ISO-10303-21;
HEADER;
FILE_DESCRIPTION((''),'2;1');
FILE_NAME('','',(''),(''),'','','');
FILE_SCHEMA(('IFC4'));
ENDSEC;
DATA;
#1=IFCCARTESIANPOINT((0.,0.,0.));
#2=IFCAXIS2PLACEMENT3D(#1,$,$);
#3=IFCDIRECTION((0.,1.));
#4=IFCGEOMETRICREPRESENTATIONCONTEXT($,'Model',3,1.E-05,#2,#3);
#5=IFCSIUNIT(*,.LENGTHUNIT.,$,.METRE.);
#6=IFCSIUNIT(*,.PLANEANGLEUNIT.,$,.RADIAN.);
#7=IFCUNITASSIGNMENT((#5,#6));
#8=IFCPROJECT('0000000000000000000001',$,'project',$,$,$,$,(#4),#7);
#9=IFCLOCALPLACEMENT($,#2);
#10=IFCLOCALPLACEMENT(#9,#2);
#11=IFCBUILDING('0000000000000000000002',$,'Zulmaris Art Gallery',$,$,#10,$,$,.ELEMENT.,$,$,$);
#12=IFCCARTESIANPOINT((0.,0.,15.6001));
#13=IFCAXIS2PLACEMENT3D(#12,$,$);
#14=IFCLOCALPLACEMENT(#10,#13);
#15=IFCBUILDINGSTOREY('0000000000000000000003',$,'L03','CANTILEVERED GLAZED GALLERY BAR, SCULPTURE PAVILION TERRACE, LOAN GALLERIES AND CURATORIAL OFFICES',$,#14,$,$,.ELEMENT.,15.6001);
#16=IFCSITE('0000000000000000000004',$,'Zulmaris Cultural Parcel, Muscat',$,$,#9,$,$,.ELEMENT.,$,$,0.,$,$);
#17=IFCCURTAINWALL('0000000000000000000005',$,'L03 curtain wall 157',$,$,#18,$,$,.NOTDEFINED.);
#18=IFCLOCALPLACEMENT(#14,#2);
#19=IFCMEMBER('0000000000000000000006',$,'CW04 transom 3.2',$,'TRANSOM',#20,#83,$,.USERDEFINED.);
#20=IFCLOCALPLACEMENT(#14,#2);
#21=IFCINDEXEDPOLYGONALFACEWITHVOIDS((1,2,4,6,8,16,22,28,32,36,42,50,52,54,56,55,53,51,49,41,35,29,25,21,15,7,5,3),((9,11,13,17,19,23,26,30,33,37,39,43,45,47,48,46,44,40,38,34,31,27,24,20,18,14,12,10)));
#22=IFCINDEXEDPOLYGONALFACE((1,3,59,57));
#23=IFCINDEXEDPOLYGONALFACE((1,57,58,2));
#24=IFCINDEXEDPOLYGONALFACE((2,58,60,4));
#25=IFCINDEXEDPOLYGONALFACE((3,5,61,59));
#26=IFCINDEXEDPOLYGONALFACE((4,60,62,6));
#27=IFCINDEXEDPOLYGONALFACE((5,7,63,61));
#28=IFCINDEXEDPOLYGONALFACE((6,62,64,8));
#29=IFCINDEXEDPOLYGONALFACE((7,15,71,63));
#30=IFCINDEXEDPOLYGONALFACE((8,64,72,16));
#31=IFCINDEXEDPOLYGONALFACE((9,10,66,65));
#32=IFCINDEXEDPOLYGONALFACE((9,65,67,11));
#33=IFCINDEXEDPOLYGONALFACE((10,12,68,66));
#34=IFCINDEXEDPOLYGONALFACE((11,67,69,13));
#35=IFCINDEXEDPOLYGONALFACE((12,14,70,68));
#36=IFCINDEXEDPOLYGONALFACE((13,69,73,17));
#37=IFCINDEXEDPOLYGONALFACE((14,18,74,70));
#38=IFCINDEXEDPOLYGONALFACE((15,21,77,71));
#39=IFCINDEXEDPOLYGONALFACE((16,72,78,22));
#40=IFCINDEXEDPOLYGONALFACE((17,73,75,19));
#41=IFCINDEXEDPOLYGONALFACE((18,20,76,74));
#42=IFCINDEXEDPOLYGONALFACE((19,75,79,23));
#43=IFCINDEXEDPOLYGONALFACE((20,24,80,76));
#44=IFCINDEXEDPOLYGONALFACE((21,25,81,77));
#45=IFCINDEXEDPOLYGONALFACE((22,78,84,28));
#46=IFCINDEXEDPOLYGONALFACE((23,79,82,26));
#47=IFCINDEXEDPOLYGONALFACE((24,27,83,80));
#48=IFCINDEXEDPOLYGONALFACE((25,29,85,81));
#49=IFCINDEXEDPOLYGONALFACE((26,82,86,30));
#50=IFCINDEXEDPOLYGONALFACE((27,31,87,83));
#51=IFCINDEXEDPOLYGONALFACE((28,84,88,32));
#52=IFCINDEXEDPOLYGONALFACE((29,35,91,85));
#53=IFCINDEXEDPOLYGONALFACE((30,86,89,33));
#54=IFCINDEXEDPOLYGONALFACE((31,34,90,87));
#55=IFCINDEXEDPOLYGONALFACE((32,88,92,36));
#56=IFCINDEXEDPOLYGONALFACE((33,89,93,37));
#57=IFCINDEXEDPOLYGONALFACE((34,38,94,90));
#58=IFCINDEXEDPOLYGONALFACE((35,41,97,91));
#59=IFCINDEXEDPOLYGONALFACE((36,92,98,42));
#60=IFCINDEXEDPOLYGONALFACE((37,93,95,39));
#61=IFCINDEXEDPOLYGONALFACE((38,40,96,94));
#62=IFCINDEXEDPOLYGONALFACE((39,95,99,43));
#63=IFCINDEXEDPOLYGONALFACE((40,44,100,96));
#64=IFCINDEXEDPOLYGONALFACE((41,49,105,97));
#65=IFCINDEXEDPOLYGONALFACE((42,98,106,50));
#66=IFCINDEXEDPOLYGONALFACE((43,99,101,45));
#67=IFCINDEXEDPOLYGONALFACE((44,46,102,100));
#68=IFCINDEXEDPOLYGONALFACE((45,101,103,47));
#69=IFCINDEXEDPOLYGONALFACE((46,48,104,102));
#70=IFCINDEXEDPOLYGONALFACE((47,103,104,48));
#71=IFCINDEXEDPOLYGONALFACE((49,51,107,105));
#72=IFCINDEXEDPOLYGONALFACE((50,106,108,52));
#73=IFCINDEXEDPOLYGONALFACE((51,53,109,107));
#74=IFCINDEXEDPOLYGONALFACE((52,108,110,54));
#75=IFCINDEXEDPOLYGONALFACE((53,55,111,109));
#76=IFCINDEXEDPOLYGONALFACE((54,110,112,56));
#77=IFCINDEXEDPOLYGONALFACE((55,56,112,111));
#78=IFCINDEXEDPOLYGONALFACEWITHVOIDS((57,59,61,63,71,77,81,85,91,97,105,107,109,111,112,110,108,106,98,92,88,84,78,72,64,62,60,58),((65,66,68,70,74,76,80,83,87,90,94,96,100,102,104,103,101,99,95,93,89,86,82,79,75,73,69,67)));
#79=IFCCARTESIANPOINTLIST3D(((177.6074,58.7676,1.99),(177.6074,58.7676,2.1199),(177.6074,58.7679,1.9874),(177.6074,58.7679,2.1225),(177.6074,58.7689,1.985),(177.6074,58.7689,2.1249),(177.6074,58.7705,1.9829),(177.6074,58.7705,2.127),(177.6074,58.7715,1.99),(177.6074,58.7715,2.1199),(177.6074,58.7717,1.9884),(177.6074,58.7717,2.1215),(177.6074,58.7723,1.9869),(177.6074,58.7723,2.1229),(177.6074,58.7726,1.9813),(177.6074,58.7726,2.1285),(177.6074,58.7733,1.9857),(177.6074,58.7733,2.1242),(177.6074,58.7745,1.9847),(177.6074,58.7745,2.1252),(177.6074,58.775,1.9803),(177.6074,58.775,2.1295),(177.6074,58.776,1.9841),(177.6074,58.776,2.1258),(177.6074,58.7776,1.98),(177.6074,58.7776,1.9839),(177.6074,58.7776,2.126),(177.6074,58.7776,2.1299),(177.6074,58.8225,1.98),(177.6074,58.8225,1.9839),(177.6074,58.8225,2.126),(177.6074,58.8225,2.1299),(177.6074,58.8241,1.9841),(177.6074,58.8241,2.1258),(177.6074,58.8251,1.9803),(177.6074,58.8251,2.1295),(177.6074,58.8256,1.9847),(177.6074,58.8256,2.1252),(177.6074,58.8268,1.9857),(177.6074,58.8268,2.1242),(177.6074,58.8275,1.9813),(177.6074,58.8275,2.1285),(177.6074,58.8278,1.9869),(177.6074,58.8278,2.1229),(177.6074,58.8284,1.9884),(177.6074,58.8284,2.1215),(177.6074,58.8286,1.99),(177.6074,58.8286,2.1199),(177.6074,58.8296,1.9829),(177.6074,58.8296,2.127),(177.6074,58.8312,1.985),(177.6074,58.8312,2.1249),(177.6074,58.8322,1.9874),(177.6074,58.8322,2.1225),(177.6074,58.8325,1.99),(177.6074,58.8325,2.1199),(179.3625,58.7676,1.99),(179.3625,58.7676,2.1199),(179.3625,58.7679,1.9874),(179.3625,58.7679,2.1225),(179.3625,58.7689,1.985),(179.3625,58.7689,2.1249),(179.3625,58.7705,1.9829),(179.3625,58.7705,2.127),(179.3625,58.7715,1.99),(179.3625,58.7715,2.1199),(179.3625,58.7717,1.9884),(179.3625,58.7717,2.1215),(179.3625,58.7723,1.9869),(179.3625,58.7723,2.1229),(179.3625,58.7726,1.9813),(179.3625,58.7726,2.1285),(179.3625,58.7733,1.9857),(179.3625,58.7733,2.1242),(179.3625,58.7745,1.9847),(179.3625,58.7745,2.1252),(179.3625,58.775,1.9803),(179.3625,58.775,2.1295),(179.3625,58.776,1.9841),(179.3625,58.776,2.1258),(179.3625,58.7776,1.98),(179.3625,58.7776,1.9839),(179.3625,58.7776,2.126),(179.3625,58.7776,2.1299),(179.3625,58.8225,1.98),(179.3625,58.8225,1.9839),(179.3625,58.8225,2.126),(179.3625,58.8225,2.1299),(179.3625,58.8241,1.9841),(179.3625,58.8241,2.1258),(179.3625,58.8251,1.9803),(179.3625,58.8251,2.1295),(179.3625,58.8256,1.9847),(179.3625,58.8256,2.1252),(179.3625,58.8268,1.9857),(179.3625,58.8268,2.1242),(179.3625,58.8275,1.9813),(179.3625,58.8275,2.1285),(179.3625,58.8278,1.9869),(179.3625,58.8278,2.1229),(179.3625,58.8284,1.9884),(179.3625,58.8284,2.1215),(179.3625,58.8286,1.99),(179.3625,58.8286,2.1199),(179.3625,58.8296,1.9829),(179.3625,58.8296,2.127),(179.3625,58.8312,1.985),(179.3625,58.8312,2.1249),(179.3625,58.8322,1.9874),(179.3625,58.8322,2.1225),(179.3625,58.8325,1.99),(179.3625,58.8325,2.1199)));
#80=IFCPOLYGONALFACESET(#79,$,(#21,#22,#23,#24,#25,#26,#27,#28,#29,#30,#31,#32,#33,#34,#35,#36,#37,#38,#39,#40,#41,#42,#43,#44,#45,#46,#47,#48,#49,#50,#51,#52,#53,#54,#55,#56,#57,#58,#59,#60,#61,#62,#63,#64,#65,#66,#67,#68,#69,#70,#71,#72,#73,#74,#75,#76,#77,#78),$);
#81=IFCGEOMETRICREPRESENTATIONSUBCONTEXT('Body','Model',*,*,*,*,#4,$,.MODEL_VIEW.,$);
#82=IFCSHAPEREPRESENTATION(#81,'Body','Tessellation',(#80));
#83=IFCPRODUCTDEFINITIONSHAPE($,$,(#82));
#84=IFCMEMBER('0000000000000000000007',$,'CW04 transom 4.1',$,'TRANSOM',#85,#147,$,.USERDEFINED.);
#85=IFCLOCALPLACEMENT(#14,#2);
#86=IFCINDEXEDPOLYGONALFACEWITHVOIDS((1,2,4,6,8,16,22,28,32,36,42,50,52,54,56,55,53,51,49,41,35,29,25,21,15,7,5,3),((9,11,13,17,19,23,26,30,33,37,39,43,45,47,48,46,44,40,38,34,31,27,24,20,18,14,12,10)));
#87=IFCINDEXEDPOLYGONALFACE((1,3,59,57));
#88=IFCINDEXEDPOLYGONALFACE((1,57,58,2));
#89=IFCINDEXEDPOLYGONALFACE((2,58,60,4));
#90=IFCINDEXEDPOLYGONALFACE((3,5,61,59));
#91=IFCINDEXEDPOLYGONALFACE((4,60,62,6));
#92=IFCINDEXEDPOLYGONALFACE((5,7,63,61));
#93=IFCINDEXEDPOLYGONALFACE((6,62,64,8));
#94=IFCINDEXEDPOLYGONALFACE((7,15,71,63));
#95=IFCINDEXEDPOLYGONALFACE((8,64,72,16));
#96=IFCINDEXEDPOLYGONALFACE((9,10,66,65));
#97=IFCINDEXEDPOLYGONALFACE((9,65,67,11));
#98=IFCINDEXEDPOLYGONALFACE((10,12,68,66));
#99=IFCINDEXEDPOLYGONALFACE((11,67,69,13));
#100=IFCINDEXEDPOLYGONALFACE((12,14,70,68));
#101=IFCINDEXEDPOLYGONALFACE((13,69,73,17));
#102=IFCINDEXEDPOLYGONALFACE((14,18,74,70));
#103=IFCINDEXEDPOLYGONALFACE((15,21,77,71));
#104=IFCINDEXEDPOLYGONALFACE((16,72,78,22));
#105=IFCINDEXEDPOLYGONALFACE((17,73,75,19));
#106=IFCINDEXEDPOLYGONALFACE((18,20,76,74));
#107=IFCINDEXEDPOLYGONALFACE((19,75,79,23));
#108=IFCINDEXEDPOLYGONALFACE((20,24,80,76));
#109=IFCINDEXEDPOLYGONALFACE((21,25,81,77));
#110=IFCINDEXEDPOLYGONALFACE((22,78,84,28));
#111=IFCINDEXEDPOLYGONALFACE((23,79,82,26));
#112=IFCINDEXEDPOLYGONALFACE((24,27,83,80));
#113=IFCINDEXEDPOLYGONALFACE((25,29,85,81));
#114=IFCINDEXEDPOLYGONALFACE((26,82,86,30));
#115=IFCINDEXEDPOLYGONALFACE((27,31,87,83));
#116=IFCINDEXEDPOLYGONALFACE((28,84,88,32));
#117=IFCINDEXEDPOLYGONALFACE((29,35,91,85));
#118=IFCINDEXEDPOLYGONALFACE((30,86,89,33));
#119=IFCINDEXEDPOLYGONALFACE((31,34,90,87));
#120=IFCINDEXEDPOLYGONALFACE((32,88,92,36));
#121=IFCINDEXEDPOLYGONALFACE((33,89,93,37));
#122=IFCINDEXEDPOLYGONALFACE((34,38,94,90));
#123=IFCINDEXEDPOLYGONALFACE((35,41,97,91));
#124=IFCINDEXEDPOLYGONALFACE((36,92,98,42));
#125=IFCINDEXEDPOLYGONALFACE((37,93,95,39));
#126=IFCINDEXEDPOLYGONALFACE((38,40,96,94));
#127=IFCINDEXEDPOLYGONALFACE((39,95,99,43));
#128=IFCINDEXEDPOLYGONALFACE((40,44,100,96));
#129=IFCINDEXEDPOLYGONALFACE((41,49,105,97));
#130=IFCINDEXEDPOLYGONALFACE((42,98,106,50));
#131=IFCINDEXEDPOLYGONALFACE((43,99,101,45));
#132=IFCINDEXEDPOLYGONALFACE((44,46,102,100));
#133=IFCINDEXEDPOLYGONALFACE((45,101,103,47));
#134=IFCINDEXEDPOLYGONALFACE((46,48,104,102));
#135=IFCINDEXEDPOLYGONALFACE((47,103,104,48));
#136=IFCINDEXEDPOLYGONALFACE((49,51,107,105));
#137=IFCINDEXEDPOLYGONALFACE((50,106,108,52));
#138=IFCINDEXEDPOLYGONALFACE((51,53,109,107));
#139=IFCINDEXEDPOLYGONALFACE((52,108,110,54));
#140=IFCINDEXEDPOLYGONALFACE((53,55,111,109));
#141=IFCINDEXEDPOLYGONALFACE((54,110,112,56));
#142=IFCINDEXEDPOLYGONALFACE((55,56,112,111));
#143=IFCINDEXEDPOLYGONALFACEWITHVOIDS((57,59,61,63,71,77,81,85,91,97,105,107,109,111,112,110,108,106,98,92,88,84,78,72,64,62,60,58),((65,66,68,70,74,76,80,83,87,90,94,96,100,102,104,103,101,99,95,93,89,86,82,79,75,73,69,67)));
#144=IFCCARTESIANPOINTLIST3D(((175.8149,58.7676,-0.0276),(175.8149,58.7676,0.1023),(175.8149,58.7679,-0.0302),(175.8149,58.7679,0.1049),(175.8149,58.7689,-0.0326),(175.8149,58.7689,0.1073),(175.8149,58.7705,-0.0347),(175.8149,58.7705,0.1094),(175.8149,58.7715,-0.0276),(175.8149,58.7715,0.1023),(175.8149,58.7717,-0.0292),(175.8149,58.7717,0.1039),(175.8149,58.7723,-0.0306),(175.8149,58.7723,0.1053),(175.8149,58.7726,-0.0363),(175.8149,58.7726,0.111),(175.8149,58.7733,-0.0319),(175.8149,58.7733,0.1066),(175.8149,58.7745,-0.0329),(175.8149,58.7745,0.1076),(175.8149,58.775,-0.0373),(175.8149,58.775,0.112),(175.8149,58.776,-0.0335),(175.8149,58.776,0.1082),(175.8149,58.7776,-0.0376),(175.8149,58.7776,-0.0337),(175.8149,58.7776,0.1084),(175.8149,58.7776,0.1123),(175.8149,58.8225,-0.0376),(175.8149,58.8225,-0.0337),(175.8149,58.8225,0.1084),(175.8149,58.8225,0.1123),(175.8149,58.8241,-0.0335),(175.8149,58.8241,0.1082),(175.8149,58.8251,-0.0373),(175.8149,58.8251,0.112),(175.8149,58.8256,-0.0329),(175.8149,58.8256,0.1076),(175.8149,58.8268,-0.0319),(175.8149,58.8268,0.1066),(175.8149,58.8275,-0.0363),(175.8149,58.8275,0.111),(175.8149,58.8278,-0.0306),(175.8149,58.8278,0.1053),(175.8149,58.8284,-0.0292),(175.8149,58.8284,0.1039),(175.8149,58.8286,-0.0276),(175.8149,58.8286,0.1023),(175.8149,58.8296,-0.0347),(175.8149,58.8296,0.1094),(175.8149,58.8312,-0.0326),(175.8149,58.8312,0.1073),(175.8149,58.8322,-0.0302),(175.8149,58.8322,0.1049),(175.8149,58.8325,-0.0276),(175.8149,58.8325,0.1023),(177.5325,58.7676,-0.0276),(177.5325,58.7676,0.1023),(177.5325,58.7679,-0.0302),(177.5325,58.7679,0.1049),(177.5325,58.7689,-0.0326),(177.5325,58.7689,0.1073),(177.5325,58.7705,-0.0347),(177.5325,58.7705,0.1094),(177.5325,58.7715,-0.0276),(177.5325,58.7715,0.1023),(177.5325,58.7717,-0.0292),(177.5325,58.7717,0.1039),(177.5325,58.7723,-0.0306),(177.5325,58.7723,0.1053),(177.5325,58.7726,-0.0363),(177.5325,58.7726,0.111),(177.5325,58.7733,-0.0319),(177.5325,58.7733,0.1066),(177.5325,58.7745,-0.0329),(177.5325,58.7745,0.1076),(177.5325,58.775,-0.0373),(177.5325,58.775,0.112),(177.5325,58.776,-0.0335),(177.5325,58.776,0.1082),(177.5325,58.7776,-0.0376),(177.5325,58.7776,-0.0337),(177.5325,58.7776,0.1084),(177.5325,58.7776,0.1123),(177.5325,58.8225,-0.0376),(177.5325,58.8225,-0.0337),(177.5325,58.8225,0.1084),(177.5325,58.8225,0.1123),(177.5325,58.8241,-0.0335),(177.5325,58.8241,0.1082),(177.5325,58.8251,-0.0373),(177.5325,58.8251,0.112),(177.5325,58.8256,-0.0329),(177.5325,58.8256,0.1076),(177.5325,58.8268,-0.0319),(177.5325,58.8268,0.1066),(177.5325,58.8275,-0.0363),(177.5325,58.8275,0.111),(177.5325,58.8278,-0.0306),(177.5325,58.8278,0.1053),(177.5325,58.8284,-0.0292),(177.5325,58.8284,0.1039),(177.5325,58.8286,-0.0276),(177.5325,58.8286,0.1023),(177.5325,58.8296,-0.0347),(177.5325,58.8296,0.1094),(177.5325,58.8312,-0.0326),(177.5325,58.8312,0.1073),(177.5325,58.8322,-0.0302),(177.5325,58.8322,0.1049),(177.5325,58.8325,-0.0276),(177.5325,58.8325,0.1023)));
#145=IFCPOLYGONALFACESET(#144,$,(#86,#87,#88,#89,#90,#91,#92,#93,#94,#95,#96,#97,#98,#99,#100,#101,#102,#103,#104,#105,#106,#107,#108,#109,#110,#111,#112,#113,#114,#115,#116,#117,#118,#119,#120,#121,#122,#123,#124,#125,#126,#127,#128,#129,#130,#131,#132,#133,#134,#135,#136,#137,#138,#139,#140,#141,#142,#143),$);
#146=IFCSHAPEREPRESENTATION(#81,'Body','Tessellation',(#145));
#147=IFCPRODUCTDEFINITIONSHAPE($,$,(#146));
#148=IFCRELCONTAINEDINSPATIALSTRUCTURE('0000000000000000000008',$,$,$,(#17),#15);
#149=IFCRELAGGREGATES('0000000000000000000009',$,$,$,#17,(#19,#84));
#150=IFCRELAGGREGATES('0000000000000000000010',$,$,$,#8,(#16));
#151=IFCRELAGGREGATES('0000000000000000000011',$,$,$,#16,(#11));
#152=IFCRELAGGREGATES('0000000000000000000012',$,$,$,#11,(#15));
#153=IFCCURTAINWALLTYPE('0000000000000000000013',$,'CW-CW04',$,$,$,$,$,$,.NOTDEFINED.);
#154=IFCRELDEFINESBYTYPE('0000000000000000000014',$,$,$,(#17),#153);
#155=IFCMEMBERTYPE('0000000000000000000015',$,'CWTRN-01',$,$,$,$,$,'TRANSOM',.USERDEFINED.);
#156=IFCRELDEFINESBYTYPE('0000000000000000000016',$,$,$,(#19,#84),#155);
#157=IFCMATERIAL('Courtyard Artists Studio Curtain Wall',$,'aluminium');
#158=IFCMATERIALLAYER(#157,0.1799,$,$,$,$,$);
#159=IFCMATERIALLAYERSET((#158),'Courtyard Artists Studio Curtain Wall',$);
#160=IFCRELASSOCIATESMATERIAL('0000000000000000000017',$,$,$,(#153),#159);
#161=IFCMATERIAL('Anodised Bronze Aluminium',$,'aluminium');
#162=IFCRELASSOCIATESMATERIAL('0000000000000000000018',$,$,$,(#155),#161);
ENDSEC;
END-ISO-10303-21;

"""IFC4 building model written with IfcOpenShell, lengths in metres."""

from ifc_helpers import new_model, si_unit, direction, frame, origin, origin_2d, place, context, subcontext, project, spatial, hollow_rectangle, extrude, material, layer, layer_set, material_profile, profile_set, type_object, element, aggregate, save


model = new_model("IFC4")

# Units and contexts
model_context = context("Model", 3, precision=1e-05, world=origin(), true_north=direction((0.0, 1.0)))
body_context = subcontext(model_context, "Body", "Model", "MODEL_VIEW")
ifc_project = project(units=[si_unit("LENGTHUNIT", "METRE"), si_unit("PLANEANGLEUNIT", "RADIAN")], contexts=[model_context])

# Site, building, storey
site_placement = place(None, origin())
site = spatial("IfcSite", under=ifc_project, at=site_placement, Name="Zulmaris Cultural Parcel, Muscat", CompositionType="ELEMENT", RefElevation=0.0)
building_placement = place(site_placement, origin())
building = spatial("IfcBuilding", under=site, at=building_placement, Name="Zulmaris Art Gallery", CompositionType="ELEMENT")
storey_placement = place(building_placement, frame((0.0, 0.0, 15.6001)))
storey = spatial("IfcBuildingStorey", under=building, at=storey_placement, Name="L03", Description="CANTILEVERED GLAZED GALLERY BAR, SCULPTURE PAVILION TERRACE, LOAN GALLERIES AND CURATORIAL OFFICES", CompositionType="ELEMENT", Elevation=15.6001)

# Shared definitions
ifc_material_1 = material(Name="Courtyard Artists Studio Curtain Wall", Category="aluminium")
ifc_layer_1 = layer(ifc_material_1, 0.1799)
ifc_layer_set_1 = layer_set([ifc_layer_1], Name="Courtyard Artists Studio Curtain Wall")
curtain_wall_type = type_object("IfcCurtainWallType", Name="CW-CW04", PredefinedType="NOTDEFINED", material=ifc_layer_set_1)
ifc_material_2 = material(Name="Anodised Bronze Aluminium", Category="aluminium")

# Curtain wall
curtain_wall_1_placement = place(storey_placement, origin())
curtain_wall_1 = element("IfcCurtainWall", 1, at=curtain_wall_1_placement, inside=storey, type_object=curtain_wall_type, Name="L03 curtain wall 157", PredefinedType="NOTDEFINED")

# Members
ifc_material_profile_1 = material_profile(ifc_material_2, hollow_rectangle(XDim=0.0649, YDim=0.1499, WallThickness=0.0039, InnerFilletRadius=0.0061, OuterFilletRadius=0.01, at=origin_2d()), Name="ALU 65x150x4")
ifc_profile_set_1 = profile_set([ifc_material_profile_1], Name="Anodised Bronze Aluminium")
member_type_1 = type_object("IfcMemberType", Name="CWTRN-01", ElementType="TRANSOM", PredefinedType="USERDEFINED", material=ifc_profile_set_1)
member_1_placement = place(storey_placement, frame((179.3625, 58.8, 2.0549), z_axis=(-1.0, 0.0, 0.0), x_axis=(0.0, -1.0, 0.0)))
member_1 = element("IfcMember", 2, at=member_1_placement, type_object=member_type_1, Name="CW04 transom 3.2", ObjectType="TRANSOM", PredefinedType="USERDEFINED", context=body_context, shape_type="SweptSolid", body=[
    extrude(hollow_rectangle(XDim=0.0649, YDim=0.1499, WallThickness=0.0039, InnerFilletRadius=0.0061, OuterFilletRadius=0.01, at=origin_2d()), origin(), (0.0, 0.0, 1.0), 1.7551),
])
member_2_placement = place(storey_placement, frame((177.5325, 58.8, 0.0374), z_axis=(-1.0, 0.0, 0.0), x_axis=(0.0, -1.0, 0.0)))
member_2 = element("IfcMember", 3, at=member_2_placement, type_object=member_type_1, Name="CW04 transom 4.1", ObjectType="TRANSOM", PredefinedType="USERDEFINED", context=body_context, shape_type="SweptSolid", body=[
    extrude(hollow_rectangle(XDim=0.0649, YDim=0.1499, WallThickness=0.0039, InnerFilletRadius=0.0061, OuterFilletRadius=0.01, at=origin_2d()), origin(), (0.0, 0.0, 1.0), 1.7175),
])

aggregate(curtain_wall_1, [member_1, member_2])

save(model, "model.ifc")
